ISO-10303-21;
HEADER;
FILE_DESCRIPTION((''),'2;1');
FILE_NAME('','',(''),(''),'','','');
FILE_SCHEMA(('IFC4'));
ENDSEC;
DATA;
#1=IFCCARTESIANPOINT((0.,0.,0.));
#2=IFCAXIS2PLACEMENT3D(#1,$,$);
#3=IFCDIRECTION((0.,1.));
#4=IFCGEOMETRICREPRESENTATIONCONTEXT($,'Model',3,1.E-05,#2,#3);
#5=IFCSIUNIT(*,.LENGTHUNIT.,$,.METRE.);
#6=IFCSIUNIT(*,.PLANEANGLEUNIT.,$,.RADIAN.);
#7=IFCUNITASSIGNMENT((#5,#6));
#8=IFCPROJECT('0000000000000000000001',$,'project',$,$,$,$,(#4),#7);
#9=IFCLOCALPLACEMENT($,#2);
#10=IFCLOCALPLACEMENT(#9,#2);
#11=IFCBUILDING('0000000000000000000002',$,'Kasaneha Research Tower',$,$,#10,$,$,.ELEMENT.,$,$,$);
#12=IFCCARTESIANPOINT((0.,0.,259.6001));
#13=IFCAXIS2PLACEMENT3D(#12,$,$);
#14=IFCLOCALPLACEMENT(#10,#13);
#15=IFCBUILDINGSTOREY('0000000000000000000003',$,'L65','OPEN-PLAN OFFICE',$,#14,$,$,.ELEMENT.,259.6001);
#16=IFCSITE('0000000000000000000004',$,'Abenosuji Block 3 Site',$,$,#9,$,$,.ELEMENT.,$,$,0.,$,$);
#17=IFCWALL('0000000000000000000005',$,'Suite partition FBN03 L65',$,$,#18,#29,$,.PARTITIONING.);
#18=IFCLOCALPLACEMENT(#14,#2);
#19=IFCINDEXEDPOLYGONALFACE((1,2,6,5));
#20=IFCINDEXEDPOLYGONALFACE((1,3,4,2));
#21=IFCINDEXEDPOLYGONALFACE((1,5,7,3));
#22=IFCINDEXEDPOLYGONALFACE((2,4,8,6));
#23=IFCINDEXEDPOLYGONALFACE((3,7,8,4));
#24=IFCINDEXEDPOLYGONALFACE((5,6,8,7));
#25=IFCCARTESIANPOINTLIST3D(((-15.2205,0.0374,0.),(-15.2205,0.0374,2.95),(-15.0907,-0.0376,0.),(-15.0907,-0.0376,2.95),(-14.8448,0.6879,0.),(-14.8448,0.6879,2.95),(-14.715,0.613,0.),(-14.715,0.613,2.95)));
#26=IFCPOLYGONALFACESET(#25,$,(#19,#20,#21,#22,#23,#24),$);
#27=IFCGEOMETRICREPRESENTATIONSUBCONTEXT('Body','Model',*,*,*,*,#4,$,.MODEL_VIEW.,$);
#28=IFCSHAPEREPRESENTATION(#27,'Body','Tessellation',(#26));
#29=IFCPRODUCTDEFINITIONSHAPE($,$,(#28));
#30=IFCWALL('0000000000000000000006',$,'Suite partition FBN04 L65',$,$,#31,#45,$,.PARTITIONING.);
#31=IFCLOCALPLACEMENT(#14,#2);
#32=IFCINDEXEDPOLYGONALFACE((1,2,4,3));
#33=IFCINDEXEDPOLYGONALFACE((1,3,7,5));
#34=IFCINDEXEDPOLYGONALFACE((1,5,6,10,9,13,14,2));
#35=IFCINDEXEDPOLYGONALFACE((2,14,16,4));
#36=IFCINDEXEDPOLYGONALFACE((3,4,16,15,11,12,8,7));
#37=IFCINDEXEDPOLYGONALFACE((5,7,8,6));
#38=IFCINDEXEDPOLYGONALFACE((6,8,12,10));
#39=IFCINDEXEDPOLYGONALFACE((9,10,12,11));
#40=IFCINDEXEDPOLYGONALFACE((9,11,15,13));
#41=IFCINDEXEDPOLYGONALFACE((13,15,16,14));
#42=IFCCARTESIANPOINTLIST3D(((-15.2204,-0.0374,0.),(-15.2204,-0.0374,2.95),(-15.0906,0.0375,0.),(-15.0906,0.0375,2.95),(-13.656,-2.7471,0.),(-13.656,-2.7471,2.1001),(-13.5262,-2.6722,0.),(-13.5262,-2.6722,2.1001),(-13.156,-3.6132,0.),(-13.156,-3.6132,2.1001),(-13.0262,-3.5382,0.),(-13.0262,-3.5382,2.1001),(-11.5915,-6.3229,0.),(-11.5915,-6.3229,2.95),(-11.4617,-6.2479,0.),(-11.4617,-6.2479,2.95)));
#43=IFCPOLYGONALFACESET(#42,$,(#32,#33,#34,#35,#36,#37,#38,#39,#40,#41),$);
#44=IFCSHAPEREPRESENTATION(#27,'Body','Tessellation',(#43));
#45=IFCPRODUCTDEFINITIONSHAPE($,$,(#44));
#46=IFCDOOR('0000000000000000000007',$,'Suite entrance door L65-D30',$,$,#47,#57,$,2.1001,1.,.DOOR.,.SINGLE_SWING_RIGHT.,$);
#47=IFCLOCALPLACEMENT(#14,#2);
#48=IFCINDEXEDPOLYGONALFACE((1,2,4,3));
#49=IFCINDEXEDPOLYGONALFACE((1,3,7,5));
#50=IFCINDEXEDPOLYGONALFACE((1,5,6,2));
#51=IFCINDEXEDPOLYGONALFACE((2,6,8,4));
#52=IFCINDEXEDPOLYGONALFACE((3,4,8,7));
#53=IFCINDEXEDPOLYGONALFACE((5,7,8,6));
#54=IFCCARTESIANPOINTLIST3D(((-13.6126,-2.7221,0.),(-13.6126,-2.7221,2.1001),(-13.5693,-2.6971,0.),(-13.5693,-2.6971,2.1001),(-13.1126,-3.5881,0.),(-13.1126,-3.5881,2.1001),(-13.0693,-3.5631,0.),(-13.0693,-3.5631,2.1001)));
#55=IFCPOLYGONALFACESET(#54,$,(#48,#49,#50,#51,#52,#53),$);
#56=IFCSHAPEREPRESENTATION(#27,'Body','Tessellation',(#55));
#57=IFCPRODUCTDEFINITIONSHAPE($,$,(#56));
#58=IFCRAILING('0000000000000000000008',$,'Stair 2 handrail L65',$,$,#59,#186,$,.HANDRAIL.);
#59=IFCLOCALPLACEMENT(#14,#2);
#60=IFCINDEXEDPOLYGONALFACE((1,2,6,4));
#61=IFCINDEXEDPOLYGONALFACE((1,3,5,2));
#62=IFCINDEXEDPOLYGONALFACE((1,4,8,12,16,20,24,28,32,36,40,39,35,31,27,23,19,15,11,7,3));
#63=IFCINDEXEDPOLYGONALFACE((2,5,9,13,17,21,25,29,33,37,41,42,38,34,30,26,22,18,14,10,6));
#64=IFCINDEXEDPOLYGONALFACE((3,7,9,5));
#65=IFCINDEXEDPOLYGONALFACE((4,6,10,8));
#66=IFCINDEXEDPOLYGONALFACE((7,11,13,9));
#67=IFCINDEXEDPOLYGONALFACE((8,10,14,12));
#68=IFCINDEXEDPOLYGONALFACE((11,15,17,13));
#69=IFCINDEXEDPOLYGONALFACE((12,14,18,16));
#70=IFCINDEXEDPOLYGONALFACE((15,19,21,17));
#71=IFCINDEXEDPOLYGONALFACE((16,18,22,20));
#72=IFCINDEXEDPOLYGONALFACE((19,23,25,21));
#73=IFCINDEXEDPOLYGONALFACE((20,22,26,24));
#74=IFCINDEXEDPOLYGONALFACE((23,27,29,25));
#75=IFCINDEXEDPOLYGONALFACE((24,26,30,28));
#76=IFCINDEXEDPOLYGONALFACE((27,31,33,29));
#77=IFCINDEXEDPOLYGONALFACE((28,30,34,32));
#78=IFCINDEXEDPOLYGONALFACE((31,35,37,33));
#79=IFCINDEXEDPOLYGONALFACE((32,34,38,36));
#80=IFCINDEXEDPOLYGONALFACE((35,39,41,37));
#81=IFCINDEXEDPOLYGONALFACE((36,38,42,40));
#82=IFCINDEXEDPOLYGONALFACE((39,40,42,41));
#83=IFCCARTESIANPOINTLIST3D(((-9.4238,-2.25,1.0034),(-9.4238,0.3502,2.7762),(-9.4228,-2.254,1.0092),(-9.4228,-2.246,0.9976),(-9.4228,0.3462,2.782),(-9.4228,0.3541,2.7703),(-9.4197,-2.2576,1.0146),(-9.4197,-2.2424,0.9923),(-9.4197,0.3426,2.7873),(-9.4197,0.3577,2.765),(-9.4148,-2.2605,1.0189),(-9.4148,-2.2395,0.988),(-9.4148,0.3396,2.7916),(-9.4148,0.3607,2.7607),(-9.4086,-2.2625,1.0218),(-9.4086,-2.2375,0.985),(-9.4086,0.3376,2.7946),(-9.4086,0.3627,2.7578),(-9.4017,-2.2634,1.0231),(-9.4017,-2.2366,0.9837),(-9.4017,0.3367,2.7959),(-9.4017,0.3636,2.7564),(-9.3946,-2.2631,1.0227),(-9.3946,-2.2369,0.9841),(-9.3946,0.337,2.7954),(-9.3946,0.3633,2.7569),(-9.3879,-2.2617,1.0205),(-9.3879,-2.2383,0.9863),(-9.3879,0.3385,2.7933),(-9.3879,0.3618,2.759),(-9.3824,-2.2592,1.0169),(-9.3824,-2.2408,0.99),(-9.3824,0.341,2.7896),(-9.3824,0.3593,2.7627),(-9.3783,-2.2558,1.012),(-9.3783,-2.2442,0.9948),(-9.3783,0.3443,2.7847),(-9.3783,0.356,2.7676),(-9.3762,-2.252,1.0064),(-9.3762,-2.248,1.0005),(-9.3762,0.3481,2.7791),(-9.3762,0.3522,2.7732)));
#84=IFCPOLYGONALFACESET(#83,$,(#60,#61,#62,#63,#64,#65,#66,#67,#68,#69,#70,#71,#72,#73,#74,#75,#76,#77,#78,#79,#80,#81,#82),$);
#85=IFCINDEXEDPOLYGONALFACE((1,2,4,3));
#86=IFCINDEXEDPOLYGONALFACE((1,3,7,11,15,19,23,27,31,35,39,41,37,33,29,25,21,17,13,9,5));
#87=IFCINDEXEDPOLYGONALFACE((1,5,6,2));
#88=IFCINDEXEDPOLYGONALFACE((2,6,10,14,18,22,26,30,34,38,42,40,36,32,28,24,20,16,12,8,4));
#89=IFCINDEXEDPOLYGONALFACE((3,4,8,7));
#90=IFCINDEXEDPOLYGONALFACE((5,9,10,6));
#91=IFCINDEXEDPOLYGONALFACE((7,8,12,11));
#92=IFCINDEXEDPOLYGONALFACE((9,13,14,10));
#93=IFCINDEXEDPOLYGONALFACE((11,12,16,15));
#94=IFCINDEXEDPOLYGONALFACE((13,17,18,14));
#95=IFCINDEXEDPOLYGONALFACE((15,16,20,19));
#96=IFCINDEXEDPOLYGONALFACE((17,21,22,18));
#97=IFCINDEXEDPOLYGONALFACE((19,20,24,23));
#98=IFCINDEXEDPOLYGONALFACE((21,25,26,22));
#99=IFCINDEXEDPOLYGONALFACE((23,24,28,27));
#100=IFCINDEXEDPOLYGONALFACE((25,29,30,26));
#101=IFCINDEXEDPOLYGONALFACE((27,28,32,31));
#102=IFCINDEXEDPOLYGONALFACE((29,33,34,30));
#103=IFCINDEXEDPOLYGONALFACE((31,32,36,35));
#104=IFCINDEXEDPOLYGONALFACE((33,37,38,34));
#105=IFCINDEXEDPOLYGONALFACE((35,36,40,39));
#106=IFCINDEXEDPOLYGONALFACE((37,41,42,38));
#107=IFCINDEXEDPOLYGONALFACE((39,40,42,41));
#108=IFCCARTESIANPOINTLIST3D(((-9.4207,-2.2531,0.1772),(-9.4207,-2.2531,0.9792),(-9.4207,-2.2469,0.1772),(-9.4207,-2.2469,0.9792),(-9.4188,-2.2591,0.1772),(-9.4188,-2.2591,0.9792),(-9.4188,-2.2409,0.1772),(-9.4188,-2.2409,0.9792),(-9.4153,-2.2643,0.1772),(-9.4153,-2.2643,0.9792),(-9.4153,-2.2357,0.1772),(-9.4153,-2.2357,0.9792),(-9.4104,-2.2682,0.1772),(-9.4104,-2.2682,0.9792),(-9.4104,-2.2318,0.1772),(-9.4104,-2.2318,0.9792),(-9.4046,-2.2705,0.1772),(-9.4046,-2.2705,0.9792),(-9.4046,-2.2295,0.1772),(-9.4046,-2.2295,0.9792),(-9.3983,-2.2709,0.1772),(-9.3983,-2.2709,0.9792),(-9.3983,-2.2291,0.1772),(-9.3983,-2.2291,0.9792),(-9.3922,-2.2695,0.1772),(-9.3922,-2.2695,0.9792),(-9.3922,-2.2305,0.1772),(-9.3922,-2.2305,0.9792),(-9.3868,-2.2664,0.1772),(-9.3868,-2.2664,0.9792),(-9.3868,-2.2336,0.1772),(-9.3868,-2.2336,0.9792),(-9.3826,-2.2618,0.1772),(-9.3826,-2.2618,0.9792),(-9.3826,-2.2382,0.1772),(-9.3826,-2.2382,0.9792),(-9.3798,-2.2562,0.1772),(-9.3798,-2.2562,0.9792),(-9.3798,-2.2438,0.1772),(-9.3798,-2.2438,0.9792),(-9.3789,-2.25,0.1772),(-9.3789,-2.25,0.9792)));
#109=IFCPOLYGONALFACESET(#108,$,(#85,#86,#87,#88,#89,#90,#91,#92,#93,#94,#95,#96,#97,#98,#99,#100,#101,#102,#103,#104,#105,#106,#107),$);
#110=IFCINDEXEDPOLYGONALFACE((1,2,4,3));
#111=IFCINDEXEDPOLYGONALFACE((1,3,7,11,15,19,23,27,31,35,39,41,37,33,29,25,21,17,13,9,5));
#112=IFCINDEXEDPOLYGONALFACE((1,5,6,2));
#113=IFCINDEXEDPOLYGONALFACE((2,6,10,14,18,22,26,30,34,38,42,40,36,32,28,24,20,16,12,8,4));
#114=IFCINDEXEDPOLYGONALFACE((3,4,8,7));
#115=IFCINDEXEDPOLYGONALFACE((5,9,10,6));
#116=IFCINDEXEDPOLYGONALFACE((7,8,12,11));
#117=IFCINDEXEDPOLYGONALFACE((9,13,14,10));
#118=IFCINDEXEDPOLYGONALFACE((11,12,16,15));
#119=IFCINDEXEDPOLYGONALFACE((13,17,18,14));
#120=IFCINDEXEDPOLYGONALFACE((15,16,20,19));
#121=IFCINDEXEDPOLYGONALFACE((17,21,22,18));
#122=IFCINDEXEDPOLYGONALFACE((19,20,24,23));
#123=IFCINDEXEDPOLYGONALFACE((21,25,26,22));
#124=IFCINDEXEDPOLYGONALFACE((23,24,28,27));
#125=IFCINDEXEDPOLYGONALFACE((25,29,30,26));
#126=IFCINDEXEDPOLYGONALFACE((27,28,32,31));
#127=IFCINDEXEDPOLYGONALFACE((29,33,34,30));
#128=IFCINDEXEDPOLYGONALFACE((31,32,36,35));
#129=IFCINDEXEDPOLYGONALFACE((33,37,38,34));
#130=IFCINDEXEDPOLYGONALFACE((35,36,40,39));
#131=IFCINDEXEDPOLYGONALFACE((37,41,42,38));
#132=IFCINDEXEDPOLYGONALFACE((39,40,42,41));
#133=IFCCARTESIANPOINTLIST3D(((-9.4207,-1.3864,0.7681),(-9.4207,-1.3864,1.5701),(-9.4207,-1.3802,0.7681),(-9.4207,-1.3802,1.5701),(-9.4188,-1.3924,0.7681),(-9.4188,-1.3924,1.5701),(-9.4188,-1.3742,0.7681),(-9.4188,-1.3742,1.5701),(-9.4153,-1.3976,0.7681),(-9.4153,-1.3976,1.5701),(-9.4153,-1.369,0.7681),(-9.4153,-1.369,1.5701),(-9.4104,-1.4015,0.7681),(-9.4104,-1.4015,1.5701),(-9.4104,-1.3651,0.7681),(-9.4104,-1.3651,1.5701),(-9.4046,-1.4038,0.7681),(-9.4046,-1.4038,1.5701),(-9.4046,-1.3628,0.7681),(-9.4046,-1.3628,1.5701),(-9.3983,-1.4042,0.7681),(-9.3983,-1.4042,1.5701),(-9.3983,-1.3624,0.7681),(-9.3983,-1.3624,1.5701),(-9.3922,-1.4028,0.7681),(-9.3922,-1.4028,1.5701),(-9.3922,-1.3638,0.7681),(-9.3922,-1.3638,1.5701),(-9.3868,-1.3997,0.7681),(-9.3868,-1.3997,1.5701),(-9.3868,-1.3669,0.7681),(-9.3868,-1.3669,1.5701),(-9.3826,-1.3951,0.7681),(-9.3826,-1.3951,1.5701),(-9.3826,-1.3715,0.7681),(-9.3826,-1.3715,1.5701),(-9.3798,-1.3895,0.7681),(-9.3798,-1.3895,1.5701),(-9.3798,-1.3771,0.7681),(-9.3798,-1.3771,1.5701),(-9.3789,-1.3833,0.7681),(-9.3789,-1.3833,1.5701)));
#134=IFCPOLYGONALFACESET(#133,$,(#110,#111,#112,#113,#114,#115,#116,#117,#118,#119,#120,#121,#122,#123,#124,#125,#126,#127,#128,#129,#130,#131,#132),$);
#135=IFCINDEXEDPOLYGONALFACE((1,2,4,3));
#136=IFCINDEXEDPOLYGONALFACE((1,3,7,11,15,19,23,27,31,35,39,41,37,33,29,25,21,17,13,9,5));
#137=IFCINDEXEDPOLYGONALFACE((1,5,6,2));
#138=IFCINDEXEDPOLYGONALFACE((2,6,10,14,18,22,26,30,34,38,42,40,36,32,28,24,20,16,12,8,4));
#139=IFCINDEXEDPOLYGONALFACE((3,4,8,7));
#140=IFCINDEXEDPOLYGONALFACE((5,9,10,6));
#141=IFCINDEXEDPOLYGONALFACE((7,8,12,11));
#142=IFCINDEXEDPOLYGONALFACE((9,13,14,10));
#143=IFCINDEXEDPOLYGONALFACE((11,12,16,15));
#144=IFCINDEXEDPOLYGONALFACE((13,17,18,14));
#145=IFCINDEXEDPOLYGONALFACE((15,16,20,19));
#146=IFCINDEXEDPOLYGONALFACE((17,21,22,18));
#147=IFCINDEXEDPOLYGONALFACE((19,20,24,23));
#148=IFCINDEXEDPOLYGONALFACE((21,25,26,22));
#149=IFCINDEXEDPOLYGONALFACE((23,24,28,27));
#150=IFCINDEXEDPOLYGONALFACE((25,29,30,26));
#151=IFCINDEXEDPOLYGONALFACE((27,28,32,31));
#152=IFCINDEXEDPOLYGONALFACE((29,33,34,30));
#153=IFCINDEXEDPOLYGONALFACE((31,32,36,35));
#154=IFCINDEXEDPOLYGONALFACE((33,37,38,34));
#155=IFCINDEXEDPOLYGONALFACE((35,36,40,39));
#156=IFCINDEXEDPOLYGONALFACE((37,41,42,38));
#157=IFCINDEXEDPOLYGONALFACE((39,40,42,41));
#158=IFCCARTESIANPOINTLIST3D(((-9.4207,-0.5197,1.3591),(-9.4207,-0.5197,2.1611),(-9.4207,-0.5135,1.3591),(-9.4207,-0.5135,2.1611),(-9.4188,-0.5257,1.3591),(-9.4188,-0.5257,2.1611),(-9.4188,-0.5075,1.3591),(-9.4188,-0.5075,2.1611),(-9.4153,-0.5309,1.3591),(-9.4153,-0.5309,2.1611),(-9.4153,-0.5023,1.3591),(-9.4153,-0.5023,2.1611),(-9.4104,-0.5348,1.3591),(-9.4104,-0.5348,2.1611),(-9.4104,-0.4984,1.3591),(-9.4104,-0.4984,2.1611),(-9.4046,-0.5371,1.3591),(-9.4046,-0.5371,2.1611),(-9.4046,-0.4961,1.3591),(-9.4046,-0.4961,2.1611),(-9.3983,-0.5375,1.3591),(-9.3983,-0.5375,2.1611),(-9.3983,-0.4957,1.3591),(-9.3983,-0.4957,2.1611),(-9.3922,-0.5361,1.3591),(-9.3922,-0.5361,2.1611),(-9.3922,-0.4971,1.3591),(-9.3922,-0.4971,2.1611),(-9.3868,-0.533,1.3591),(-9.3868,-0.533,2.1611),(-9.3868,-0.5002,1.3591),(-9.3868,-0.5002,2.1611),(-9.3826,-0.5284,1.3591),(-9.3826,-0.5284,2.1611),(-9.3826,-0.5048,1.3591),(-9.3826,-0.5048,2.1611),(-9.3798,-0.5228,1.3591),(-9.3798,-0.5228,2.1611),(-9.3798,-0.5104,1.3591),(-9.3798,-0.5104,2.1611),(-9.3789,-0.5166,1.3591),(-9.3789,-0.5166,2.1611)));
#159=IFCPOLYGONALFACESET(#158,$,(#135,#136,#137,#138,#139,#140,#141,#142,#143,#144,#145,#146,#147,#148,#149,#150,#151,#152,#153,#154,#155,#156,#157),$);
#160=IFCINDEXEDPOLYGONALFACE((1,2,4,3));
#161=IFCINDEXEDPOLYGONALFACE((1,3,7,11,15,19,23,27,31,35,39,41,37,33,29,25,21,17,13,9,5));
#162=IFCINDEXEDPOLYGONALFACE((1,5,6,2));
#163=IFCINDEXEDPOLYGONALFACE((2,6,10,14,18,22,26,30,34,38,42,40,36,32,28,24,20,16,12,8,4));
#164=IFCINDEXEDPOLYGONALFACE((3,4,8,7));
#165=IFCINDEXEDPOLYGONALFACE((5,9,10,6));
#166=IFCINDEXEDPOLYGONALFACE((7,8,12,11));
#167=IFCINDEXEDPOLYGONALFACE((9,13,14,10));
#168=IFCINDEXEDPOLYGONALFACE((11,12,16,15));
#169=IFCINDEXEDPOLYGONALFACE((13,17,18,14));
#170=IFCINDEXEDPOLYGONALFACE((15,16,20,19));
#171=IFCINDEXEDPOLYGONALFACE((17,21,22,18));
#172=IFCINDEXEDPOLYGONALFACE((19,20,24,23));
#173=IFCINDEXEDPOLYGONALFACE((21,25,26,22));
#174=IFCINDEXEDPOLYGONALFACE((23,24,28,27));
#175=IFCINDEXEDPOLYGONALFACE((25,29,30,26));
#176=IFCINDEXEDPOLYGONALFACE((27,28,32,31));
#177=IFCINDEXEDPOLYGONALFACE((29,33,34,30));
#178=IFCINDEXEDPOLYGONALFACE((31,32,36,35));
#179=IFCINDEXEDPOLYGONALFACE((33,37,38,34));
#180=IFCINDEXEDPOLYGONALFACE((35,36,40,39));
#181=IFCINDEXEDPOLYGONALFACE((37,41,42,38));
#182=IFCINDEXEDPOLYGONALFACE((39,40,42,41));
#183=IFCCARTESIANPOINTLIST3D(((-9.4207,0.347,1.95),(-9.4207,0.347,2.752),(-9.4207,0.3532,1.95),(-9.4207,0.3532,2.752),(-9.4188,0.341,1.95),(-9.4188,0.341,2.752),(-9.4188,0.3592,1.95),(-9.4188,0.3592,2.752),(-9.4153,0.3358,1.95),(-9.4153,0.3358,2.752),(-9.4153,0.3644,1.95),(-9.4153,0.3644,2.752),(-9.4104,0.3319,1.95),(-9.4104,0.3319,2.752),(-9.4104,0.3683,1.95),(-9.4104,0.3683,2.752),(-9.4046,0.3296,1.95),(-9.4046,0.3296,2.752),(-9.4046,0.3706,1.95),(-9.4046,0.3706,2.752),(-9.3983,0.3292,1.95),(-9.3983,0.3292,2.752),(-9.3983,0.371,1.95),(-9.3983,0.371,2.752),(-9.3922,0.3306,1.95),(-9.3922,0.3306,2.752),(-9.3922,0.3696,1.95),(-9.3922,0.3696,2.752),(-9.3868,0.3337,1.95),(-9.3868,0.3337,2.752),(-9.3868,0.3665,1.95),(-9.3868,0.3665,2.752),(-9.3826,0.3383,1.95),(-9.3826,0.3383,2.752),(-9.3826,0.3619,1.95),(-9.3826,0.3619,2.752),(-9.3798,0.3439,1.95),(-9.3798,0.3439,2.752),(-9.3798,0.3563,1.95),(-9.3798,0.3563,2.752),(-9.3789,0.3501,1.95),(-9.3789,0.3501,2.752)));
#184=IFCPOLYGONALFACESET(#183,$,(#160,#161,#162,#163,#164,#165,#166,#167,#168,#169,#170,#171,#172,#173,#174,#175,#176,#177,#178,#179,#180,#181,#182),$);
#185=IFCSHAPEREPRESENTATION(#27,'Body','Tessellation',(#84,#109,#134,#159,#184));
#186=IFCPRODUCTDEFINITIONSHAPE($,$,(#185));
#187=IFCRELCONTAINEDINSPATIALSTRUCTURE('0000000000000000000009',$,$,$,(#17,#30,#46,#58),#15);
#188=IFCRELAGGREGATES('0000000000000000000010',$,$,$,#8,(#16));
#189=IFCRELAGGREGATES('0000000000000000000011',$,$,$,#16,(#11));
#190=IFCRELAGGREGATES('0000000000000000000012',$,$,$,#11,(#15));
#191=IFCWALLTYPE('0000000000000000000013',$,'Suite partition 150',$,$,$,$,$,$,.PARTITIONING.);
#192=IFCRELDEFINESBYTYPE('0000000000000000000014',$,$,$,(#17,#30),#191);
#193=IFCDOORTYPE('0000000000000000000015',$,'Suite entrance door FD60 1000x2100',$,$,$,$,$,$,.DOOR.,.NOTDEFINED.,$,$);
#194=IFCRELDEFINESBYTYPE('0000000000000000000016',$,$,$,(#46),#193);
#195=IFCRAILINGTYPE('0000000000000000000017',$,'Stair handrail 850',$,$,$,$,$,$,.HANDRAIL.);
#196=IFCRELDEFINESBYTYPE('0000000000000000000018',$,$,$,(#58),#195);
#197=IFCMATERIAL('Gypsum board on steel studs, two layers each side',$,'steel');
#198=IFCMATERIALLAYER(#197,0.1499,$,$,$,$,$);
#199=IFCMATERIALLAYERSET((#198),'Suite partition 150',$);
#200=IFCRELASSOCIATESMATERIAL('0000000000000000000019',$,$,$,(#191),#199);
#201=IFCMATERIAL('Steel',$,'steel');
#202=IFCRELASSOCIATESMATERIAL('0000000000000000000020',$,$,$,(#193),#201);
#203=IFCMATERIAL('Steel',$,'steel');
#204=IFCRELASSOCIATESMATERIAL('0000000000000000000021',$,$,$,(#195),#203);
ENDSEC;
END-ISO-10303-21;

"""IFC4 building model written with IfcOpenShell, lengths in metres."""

from ifc_helpers import new_model, si_unit, direction, frame, frame_2d, origin, origin_2d, place, context, subcontext, project, spatial, rectangle, circle, extrude, material, layer, layer_set, type_object, element, fill, save


model = new_model("IFC4")

# Units and contexts
model_context = context("Model", 3, precision=1e-05, world=origin(), true_north=direction((0.0, 1.0)))
body_context = subcontext(model_context, "Body", "Model", "MODEL_VIEW")
ifc_project = project(units=[si_unit("LENGTHUNIT", "METRE"), si_unit("PLANEANGLEUNIT", "RADIAN")], contexts=[model_context])

# Site, building, storey
site_placement = place(None, origin())
site = spatial("IfcSite", under=ifc_project, at=site_placement, Name="Abenosuji Block 3 Site", CompositionType="ELEMENT", RefElevation=0.0)
building_placement = place(site_placement, origin())
building = spatial("IfcBuilding", under=site, at=building_placement, Name="Kasaneha Research Tower", CompositionType="ELEMENT")
storey_placement = place(building_placement, frame((0.0, 0.0, 259.6001)))
storey = spatial("IfcBuildingStorey", under=building, at=storey_placement, Name="L65", Description="OPEN-PLAN OFFICE", CompositionType="ELEMENT", Elevation=259.6001)

# Wall
ifc_material_1 = material(Name="Gypsum board on steel studs, two layers each side", Category="steel")
ifc_layer_1 = layer(ifc_material_1, 0.1499)
ifc_layer_set_1 = layer_set([ifc_layer_1], Name="Suite partition 150")
wall_type_1 = type_object("IfcWallType", Name="Suite partition 150", PredefinedType="PARTITIONING", material=ifc_layer_set_1)
wall_1_placement = place(storey_placement, frame((-15.1555, 0.0, 0.0), z_axis=(0.0, 0.0, 1.0), x_axis=(0.500088, 0.865975, 0.0)))
element("IfcWall", 1, at=wall_1_placement, inside=storey, type_object=wall_type_1, Name="Suite partition FBN03 L65", PredefinedType="PARTITIONING", context=body_context, shape_type="SweptSolid", body=[
    extrude(rectangle(XDim=0.7512, YDim=0.1499, at=frame_2d((0.3755, 0.0))), origin(), (0.0, 0.0, 1.0), 2.95),
])

# Wall, opening, door
wall_2_placement = place(storey_placement, frame((-11.5266, -6.2854, 0.0), z_axis=(0.0, 0.0, 1.0), x_axis=(-0.500003, 0.866024, 0.0)))
wall_2 = element("IfcWall", 2, at=wall_2_placement, inside=storey, type_object=wall_type_1, Name="Suite partition FBN04 L65", PredefinedType="PARTITIONING", context=body_context, shape_type="SweptSolid", body=[
    extrude(rectangle(XDim=7.2578, YDim=0.1499, at=frame_2d((3.6289, 0.0))), origin(), (0.0, 0.0, 1.0), 2.95),
])
opening_1_placement = place(wall_2_placement, frame((3.1289, 0.0, 0.0)))
opening_1 = element("IfcOpeningElement", 3, at=opening_1_placement, cuts=wall_2, PredefinedType="OPENING", context=body_context, shape_type="SweptSolid", body=[
    extrude(rectangle(XDim=1.0, YDim=2.1001, at=frame_2d((0.5, 1.05))), frame((0.0, 0.085, 0.0), z_axis=(0.0, -1.0, 0.0), x_axis=(1.0, 0.0, 0.0)), (0.0, 0.0, 1.0), 0.1699),
])
ifc_material_2 = material(Name="Steel", Category="steel")
door_type_1 = type_object("IfcDoorType", Name="Suite entrance door FD60 1000x2100", OperationType="NOTDEFINED", PredefinedType="DOOR", material=ifc_material_2)
door_1_placement = place(opening_1_placement, origin())
door_1 = element("IfcDoor", 4, at=door_1_placement, inside=storey, type_object=door_type_1, Name="Suite entrance door L65-D30", OperationType="SINGLE_SWING_RIGHT", OverallHeight=2.1001, OverallWidth=1.0, PredefinedType="DOOR", context=body_context, shape_type="SweptSolid", body=[
    extrude(rectangle(XDim=1.0, YDim=2.1001, at=frame_2d((0.5, 1.05))), frame((0.0, 0.0249, 0.0), z_axis=(0.0, -1.0, 0.0), x_axis=(1.0, 0.0, 0.0)), (0.0, 0.0, 1.0), 0.05),
])
fill(opening_1, door_1)

# Railing
ifc_material_3 = material(Name="Steel", Category="steel")
railing_type = type_object("IfcRailingType", Name="Stair handrail 850", PredefinedType="HANDRAIL", material=ifc_material_3)
railing_placement = place(storey_placement, frame((-9.3999, -2.25, 0.1772)))
element("IfcRailing", 5, at=railing_placement, inside=storey, type_object=railing_type, Name="Stair 2 handrail L65", PredefinedType="HANDRAIL", context=body_context, shape_type="SweptSolid", body=[
    extrude(circle(Radius=0.0239, at=origin_2d()), frame((0.0, 0.0, 0.8262), z_axis=(0.0, 0.82624, 0.563318), x_axis=(-1.0, 0.0, 0.0)), (0.0, 0.0, 1.0), 3.147),
    extrude(circle(Radius=0.021, at=origin_2d()), origin(), (0.0, 0.0, 1.0), 0.802),
    extrude(circle(Radius=0.021, at=origin_2d()), frame((0.0, 0.8667, 0.5908)), (0.0, 0.0, 1.0), 0.802),
    extrude(circle(Radius=0.021, at=origin_2d()), frame((0.0, 1.7334, 1.1819)), (0.0, 0.0, 1.0), 0.802),
    extrude(circle(Radius=0.021, at=origin_2d()), frame((0.0, 2.6001, 1.7727)), (0.0, 0.0, 1.0), 0.802),
])

save(model, "model.ifc")
